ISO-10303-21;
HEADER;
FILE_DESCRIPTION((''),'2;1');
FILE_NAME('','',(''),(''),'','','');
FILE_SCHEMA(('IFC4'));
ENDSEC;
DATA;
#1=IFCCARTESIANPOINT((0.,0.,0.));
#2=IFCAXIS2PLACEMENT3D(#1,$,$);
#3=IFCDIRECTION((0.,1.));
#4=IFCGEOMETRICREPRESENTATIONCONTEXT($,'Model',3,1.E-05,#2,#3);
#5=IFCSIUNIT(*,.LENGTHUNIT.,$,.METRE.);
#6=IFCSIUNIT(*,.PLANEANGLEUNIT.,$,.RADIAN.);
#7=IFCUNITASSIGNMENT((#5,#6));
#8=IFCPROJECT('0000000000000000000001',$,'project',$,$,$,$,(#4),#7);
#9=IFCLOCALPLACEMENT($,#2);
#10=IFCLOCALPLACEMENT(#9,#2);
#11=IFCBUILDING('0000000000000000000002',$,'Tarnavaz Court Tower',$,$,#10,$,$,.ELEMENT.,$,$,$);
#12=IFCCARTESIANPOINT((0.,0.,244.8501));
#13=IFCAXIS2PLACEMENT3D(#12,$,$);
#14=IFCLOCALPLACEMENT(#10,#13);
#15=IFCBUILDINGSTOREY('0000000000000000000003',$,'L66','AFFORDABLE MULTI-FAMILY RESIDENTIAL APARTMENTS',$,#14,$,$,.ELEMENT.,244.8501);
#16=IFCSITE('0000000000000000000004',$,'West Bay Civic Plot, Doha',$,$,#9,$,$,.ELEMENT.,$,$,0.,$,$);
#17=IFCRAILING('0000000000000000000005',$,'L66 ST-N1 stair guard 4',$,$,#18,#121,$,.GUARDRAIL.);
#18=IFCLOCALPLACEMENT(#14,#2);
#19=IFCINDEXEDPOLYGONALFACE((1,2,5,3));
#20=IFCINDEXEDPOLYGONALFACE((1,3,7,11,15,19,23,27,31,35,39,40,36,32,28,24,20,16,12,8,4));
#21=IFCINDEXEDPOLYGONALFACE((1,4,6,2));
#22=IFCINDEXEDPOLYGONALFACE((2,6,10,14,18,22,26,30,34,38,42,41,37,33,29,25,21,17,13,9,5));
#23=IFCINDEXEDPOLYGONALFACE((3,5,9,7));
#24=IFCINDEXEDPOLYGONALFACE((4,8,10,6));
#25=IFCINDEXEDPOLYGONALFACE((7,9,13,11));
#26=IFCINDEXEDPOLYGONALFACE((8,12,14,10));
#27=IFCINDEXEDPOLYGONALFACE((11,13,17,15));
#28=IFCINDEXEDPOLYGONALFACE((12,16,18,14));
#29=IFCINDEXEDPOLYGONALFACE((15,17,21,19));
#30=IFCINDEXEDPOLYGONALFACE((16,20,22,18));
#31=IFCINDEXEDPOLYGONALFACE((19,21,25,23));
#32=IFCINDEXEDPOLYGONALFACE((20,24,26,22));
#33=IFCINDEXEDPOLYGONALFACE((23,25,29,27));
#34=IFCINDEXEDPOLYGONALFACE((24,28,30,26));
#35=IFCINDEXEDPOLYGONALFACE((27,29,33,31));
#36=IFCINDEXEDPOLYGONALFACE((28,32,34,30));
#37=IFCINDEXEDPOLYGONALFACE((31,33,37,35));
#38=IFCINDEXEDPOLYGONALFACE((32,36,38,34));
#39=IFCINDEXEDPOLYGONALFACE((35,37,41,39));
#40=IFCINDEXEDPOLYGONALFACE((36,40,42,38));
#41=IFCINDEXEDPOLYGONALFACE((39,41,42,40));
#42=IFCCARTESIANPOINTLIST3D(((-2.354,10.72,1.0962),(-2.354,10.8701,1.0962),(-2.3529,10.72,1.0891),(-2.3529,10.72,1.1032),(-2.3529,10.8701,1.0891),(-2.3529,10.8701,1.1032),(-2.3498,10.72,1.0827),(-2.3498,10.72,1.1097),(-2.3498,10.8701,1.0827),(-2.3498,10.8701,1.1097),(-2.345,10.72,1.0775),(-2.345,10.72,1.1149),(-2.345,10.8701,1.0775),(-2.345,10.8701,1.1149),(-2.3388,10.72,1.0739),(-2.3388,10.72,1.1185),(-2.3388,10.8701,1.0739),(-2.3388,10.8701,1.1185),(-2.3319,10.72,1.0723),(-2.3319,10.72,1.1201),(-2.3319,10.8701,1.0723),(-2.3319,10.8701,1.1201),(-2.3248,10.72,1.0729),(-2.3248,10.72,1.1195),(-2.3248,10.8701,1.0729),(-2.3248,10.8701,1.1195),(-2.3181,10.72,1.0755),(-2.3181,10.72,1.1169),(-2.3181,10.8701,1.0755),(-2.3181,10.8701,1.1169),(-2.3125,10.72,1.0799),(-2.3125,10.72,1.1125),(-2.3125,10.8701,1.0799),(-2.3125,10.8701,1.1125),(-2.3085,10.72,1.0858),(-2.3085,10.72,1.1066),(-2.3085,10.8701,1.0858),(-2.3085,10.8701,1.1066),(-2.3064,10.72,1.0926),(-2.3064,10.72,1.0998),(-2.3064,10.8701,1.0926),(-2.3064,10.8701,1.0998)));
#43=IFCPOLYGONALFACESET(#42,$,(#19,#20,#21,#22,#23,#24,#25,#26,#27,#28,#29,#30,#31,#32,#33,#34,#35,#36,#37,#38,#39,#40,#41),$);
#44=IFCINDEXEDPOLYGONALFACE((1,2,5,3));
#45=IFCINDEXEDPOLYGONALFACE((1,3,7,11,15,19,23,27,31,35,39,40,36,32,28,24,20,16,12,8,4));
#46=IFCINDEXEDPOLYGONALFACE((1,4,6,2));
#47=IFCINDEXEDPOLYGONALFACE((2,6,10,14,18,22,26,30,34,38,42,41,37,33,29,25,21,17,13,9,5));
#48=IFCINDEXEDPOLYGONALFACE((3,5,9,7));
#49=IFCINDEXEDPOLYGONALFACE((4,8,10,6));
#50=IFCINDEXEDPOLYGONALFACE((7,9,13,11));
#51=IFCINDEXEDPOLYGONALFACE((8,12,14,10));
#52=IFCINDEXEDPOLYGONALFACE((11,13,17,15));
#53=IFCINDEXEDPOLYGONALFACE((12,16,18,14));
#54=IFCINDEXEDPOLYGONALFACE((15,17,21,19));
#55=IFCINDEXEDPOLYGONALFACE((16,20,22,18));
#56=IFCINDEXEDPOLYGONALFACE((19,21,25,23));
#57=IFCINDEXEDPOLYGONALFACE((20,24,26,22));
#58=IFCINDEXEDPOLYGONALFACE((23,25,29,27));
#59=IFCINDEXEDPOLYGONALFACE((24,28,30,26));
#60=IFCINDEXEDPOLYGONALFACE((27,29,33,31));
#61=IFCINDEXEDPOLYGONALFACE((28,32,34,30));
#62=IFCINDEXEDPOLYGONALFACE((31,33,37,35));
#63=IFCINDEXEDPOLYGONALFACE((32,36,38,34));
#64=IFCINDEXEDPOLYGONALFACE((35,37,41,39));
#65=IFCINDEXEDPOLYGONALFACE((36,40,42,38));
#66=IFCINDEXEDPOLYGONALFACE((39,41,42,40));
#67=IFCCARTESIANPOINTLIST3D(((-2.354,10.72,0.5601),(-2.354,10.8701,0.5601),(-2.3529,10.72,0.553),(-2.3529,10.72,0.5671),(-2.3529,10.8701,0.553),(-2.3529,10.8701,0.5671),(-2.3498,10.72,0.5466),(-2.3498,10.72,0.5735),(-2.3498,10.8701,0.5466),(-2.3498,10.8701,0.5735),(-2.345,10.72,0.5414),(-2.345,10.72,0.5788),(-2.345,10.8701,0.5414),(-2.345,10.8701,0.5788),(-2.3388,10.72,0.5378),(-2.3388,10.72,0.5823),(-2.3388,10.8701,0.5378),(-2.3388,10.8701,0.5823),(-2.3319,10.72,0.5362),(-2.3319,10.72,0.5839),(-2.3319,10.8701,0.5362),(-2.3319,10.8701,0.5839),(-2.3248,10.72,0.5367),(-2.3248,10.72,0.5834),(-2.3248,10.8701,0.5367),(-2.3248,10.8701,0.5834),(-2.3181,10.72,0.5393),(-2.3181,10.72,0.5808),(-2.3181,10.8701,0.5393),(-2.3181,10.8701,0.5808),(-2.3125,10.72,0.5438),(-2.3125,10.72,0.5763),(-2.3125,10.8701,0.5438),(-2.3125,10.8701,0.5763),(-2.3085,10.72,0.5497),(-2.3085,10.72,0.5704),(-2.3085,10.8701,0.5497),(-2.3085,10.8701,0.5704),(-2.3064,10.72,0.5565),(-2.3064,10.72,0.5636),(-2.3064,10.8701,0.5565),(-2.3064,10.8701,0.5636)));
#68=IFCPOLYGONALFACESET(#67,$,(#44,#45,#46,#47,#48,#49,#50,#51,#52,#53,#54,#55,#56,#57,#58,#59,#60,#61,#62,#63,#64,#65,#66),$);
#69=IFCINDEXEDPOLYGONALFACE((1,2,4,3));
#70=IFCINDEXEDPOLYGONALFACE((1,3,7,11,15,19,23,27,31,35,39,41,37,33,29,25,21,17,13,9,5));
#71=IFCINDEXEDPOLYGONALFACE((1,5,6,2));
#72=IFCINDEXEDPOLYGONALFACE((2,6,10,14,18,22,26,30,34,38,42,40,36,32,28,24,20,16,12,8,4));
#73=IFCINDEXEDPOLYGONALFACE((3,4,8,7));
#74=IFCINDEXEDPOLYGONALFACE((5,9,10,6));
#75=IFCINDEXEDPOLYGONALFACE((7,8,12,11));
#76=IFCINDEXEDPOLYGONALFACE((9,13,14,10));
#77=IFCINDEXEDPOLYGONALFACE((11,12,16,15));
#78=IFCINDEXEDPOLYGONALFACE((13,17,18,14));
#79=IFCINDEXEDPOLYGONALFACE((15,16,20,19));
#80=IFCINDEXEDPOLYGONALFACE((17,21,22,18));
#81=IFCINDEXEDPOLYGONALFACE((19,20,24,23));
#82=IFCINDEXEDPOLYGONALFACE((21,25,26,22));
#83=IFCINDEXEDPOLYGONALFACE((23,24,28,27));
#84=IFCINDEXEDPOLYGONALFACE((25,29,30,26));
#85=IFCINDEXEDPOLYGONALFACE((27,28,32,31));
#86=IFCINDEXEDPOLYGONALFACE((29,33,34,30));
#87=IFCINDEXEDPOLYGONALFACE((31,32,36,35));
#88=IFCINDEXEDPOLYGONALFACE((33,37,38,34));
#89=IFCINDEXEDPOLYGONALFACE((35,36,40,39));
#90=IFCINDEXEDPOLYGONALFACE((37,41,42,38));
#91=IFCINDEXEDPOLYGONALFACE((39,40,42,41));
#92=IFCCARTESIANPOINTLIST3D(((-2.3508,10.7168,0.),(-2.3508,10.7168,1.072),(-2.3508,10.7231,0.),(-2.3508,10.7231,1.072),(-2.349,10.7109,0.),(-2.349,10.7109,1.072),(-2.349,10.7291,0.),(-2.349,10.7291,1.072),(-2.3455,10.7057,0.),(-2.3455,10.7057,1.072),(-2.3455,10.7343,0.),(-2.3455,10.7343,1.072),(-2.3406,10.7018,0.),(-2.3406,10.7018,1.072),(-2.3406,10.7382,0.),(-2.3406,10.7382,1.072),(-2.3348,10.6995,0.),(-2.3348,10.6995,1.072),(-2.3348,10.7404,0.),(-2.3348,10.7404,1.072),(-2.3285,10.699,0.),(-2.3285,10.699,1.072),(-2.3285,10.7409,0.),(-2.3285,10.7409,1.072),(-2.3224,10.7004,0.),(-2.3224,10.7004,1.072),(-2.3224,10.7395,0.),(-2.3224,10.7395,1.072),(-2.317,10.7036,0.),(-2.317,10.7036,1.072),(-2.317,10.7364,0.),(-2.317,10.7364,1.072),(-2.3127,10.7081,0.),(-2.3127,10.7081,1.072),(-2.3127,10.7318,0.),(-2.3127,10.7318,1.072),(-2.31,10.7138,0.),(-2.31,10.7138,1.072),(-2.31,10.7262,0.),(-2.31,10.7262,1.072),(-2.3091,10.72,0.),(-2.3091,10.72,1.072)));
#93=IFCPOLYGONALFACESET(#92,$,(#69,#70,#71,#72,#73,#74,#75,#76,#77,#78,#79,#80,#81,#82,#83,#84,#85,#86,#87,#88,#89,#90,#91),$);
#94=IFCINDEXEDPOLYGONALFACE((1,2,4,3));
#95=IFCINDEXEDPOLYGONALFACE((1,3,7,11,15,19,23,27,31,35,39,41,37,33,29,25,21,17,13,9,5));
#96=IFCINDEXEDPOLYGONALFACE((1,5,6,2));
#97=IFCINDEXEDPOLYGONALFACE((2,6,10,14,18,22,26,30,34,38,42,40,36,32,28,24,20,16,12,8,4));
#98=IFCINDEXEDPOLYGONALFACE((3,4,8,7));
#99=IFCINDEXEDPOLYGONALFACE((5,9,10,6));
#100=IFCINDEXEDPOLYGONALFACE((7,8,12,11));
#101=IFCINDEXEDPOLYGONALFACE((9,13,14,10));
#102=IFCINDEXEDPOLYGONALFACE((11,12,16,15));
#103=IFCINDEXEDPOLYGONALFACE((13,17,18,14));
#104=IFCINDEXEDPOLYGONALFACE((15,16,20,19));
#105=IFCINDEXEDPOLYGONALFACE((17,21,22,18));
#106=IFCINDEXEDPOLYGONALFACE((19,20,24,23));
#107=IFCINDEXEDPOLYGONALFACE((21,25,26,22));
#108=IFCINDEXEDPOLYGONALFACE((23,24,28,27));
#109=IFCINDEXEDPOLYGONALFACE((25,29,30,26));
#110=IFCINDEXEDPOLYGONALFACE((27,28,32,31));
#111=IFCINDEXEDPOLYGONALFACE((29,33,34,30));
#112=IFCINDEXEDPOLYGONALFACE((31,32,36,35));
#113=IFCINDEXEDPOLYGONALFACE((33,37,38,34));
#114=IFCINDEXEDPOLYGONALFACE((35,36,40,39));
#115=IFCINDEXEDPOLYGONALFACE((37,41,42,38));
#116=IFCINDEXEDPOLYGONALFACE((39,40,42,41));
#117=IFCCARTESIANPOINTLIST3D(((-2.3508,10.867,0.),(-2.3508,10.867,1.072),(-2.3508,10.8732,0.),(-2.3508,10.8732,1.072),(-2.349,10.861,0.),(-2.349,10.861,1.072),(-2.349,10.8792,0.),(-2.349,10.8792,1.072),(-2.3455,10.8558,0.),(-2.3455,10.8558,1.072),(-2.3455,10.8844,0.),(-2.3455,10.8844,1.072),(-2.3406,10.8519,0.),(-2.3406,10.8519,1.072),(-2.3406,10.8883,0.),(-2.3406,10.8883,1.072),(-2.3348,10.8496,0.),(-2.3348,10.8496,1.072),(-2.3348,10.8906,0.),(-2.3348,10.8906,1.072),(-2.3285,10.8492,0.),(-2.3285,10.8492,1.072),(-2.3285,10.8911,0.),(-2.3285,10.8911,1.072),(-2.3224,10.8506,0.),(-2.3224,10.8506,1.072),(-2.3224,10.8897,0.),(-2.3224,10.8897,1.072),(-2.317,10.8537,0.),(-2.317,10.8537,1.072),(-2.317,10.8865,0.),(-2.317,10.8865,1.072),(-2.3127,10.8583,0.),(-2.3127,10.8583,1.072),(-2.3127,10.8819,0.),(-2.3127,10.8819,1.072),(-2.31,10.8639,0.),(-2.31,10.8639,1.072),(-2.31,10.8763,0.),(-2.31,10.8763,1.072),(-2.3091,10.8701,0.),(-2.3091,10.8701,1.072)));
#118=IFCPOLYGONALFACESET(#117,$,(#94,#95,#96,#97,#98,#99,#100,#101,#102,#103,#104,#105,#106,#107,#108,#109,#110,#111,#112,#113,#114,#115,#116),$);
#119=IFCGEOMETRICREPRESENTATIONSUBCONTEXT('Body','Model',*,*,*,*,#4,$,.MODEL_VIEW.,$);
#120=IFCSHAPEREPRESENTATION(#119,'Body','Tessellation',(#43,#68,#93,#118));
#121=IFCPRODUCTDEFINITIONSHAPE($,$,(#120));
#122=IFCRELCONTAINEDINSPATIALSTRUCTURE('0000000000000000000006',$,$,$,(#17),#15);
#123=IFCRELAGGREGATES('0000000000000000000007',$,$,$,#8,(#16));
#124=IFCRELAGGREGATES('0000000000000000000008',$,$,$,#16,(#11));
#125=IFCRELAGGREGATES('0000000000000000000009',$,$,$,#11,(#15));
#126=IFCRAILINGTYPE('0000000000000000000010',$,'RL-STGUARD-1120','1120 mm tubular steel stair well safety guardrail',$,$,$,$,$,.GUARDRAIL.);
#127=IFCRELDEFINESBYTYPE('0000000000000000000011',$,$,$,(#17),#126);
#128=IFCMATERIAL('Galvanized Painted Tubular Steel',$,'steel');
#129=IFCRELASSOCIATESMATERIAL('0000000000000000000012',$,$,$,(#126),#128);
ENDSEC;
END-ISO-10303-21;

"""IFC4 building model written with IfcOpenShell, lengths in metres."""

from ifc_helpers import new_model, si_unit, direction, frame, origin, origin_2d, place, context, subcontext, project, spatial, circle, extrude, material, type_object, element, save


model = new_model("IFC4")

# Units and contexts
model_context = context("Model", 3, precision=1e-05, world=origin(), true_north=direction((0.0, 1.0)))
body_context = subcontext(model_context, "Body", "Model", "MODEL_VIEW")
ifc_project = project(units=[si_unit("LENGTHUNIT", "METRE"), si_unit("PLANEANGLEUNIT", "RADIAN")], contexts=[model_context])

# Site, building, storey
site_placement = place(None, origin())
site = spatial("IfcSite", under=ifc_project, at=site_placement, Name="West Bay Civic Plot, Doha", CompositionType="ELEMENT", RefElevation=0.0)
building_placement = place(site_placement, origin())
building = spatial("IfcBuilding", under=site, at=building_placement, Name="Tarnavaz Court Tower", CompositionType="ELEMENT")
storey_placement = place(building_placement, frame((0.0, 0.0, 244.8501)))
storey = spatial("IfcBuildingStorey", under=building, at=storey_placement, Name="L66", Description="AFFORDABLE MULTI-FAMILY RESIDENTIAL APARTMENTS", CompositionType="ELEMENT", Elevation=244.8501)

# Railing
ifc_material_1 = material(Name="Galvanized Painted Tubular Steel", Category="steel")
railing_type_1 = type_object("IfcRailingType", Name="RL-STGUARD-1120", Description="1120 mm tubular steel stair well safety guardrail", PredefinedType="GUARDRAIL", material=ifc_material_1)
railing_1_placement = place(storey_placement, frame((-2.3301, 10.72, 0.0)))
element("IfcRailing", 1, at=railing_1_placement, inside=storey, type_object=railing_type_1, Name="L66 ST-N1 stair guard 4", PredefinedType="GUARDRAIL", context=body_context, shape_type="SweptSolid", body=[
    extrude(circle(Radius=0.0239, at=origin_2d()), frame((0.0, 0.0, 1.0962), z_axis=(0.0, 1.0, 0.0), x_axis=(-1.0, 0.0, 0.0)), (0.0, 0.0, 1.0), 0.1501),
    extrude(circle(Radius=0.0239, at=origin_2d()), frame((0.0, 0.0, 0.5601), z_axis=(0.0, 1.0, 0.0), x_axis=(-1.0, 0.0, 0.0)), (0.0, 0.0, 1.0), 0.1501),
    extrude(circle(Radius=0.021, at=origin_2d()), origin(), (0.0, 0.0, 1.0), 1.072),
    extrude(circle(Radius=0.021, at=origin_2d()), frame((0.0, 0.1501, 0.0)), (0.0, 0.0, 1.0), 1.072),
])

save(model, "model.ifc")
